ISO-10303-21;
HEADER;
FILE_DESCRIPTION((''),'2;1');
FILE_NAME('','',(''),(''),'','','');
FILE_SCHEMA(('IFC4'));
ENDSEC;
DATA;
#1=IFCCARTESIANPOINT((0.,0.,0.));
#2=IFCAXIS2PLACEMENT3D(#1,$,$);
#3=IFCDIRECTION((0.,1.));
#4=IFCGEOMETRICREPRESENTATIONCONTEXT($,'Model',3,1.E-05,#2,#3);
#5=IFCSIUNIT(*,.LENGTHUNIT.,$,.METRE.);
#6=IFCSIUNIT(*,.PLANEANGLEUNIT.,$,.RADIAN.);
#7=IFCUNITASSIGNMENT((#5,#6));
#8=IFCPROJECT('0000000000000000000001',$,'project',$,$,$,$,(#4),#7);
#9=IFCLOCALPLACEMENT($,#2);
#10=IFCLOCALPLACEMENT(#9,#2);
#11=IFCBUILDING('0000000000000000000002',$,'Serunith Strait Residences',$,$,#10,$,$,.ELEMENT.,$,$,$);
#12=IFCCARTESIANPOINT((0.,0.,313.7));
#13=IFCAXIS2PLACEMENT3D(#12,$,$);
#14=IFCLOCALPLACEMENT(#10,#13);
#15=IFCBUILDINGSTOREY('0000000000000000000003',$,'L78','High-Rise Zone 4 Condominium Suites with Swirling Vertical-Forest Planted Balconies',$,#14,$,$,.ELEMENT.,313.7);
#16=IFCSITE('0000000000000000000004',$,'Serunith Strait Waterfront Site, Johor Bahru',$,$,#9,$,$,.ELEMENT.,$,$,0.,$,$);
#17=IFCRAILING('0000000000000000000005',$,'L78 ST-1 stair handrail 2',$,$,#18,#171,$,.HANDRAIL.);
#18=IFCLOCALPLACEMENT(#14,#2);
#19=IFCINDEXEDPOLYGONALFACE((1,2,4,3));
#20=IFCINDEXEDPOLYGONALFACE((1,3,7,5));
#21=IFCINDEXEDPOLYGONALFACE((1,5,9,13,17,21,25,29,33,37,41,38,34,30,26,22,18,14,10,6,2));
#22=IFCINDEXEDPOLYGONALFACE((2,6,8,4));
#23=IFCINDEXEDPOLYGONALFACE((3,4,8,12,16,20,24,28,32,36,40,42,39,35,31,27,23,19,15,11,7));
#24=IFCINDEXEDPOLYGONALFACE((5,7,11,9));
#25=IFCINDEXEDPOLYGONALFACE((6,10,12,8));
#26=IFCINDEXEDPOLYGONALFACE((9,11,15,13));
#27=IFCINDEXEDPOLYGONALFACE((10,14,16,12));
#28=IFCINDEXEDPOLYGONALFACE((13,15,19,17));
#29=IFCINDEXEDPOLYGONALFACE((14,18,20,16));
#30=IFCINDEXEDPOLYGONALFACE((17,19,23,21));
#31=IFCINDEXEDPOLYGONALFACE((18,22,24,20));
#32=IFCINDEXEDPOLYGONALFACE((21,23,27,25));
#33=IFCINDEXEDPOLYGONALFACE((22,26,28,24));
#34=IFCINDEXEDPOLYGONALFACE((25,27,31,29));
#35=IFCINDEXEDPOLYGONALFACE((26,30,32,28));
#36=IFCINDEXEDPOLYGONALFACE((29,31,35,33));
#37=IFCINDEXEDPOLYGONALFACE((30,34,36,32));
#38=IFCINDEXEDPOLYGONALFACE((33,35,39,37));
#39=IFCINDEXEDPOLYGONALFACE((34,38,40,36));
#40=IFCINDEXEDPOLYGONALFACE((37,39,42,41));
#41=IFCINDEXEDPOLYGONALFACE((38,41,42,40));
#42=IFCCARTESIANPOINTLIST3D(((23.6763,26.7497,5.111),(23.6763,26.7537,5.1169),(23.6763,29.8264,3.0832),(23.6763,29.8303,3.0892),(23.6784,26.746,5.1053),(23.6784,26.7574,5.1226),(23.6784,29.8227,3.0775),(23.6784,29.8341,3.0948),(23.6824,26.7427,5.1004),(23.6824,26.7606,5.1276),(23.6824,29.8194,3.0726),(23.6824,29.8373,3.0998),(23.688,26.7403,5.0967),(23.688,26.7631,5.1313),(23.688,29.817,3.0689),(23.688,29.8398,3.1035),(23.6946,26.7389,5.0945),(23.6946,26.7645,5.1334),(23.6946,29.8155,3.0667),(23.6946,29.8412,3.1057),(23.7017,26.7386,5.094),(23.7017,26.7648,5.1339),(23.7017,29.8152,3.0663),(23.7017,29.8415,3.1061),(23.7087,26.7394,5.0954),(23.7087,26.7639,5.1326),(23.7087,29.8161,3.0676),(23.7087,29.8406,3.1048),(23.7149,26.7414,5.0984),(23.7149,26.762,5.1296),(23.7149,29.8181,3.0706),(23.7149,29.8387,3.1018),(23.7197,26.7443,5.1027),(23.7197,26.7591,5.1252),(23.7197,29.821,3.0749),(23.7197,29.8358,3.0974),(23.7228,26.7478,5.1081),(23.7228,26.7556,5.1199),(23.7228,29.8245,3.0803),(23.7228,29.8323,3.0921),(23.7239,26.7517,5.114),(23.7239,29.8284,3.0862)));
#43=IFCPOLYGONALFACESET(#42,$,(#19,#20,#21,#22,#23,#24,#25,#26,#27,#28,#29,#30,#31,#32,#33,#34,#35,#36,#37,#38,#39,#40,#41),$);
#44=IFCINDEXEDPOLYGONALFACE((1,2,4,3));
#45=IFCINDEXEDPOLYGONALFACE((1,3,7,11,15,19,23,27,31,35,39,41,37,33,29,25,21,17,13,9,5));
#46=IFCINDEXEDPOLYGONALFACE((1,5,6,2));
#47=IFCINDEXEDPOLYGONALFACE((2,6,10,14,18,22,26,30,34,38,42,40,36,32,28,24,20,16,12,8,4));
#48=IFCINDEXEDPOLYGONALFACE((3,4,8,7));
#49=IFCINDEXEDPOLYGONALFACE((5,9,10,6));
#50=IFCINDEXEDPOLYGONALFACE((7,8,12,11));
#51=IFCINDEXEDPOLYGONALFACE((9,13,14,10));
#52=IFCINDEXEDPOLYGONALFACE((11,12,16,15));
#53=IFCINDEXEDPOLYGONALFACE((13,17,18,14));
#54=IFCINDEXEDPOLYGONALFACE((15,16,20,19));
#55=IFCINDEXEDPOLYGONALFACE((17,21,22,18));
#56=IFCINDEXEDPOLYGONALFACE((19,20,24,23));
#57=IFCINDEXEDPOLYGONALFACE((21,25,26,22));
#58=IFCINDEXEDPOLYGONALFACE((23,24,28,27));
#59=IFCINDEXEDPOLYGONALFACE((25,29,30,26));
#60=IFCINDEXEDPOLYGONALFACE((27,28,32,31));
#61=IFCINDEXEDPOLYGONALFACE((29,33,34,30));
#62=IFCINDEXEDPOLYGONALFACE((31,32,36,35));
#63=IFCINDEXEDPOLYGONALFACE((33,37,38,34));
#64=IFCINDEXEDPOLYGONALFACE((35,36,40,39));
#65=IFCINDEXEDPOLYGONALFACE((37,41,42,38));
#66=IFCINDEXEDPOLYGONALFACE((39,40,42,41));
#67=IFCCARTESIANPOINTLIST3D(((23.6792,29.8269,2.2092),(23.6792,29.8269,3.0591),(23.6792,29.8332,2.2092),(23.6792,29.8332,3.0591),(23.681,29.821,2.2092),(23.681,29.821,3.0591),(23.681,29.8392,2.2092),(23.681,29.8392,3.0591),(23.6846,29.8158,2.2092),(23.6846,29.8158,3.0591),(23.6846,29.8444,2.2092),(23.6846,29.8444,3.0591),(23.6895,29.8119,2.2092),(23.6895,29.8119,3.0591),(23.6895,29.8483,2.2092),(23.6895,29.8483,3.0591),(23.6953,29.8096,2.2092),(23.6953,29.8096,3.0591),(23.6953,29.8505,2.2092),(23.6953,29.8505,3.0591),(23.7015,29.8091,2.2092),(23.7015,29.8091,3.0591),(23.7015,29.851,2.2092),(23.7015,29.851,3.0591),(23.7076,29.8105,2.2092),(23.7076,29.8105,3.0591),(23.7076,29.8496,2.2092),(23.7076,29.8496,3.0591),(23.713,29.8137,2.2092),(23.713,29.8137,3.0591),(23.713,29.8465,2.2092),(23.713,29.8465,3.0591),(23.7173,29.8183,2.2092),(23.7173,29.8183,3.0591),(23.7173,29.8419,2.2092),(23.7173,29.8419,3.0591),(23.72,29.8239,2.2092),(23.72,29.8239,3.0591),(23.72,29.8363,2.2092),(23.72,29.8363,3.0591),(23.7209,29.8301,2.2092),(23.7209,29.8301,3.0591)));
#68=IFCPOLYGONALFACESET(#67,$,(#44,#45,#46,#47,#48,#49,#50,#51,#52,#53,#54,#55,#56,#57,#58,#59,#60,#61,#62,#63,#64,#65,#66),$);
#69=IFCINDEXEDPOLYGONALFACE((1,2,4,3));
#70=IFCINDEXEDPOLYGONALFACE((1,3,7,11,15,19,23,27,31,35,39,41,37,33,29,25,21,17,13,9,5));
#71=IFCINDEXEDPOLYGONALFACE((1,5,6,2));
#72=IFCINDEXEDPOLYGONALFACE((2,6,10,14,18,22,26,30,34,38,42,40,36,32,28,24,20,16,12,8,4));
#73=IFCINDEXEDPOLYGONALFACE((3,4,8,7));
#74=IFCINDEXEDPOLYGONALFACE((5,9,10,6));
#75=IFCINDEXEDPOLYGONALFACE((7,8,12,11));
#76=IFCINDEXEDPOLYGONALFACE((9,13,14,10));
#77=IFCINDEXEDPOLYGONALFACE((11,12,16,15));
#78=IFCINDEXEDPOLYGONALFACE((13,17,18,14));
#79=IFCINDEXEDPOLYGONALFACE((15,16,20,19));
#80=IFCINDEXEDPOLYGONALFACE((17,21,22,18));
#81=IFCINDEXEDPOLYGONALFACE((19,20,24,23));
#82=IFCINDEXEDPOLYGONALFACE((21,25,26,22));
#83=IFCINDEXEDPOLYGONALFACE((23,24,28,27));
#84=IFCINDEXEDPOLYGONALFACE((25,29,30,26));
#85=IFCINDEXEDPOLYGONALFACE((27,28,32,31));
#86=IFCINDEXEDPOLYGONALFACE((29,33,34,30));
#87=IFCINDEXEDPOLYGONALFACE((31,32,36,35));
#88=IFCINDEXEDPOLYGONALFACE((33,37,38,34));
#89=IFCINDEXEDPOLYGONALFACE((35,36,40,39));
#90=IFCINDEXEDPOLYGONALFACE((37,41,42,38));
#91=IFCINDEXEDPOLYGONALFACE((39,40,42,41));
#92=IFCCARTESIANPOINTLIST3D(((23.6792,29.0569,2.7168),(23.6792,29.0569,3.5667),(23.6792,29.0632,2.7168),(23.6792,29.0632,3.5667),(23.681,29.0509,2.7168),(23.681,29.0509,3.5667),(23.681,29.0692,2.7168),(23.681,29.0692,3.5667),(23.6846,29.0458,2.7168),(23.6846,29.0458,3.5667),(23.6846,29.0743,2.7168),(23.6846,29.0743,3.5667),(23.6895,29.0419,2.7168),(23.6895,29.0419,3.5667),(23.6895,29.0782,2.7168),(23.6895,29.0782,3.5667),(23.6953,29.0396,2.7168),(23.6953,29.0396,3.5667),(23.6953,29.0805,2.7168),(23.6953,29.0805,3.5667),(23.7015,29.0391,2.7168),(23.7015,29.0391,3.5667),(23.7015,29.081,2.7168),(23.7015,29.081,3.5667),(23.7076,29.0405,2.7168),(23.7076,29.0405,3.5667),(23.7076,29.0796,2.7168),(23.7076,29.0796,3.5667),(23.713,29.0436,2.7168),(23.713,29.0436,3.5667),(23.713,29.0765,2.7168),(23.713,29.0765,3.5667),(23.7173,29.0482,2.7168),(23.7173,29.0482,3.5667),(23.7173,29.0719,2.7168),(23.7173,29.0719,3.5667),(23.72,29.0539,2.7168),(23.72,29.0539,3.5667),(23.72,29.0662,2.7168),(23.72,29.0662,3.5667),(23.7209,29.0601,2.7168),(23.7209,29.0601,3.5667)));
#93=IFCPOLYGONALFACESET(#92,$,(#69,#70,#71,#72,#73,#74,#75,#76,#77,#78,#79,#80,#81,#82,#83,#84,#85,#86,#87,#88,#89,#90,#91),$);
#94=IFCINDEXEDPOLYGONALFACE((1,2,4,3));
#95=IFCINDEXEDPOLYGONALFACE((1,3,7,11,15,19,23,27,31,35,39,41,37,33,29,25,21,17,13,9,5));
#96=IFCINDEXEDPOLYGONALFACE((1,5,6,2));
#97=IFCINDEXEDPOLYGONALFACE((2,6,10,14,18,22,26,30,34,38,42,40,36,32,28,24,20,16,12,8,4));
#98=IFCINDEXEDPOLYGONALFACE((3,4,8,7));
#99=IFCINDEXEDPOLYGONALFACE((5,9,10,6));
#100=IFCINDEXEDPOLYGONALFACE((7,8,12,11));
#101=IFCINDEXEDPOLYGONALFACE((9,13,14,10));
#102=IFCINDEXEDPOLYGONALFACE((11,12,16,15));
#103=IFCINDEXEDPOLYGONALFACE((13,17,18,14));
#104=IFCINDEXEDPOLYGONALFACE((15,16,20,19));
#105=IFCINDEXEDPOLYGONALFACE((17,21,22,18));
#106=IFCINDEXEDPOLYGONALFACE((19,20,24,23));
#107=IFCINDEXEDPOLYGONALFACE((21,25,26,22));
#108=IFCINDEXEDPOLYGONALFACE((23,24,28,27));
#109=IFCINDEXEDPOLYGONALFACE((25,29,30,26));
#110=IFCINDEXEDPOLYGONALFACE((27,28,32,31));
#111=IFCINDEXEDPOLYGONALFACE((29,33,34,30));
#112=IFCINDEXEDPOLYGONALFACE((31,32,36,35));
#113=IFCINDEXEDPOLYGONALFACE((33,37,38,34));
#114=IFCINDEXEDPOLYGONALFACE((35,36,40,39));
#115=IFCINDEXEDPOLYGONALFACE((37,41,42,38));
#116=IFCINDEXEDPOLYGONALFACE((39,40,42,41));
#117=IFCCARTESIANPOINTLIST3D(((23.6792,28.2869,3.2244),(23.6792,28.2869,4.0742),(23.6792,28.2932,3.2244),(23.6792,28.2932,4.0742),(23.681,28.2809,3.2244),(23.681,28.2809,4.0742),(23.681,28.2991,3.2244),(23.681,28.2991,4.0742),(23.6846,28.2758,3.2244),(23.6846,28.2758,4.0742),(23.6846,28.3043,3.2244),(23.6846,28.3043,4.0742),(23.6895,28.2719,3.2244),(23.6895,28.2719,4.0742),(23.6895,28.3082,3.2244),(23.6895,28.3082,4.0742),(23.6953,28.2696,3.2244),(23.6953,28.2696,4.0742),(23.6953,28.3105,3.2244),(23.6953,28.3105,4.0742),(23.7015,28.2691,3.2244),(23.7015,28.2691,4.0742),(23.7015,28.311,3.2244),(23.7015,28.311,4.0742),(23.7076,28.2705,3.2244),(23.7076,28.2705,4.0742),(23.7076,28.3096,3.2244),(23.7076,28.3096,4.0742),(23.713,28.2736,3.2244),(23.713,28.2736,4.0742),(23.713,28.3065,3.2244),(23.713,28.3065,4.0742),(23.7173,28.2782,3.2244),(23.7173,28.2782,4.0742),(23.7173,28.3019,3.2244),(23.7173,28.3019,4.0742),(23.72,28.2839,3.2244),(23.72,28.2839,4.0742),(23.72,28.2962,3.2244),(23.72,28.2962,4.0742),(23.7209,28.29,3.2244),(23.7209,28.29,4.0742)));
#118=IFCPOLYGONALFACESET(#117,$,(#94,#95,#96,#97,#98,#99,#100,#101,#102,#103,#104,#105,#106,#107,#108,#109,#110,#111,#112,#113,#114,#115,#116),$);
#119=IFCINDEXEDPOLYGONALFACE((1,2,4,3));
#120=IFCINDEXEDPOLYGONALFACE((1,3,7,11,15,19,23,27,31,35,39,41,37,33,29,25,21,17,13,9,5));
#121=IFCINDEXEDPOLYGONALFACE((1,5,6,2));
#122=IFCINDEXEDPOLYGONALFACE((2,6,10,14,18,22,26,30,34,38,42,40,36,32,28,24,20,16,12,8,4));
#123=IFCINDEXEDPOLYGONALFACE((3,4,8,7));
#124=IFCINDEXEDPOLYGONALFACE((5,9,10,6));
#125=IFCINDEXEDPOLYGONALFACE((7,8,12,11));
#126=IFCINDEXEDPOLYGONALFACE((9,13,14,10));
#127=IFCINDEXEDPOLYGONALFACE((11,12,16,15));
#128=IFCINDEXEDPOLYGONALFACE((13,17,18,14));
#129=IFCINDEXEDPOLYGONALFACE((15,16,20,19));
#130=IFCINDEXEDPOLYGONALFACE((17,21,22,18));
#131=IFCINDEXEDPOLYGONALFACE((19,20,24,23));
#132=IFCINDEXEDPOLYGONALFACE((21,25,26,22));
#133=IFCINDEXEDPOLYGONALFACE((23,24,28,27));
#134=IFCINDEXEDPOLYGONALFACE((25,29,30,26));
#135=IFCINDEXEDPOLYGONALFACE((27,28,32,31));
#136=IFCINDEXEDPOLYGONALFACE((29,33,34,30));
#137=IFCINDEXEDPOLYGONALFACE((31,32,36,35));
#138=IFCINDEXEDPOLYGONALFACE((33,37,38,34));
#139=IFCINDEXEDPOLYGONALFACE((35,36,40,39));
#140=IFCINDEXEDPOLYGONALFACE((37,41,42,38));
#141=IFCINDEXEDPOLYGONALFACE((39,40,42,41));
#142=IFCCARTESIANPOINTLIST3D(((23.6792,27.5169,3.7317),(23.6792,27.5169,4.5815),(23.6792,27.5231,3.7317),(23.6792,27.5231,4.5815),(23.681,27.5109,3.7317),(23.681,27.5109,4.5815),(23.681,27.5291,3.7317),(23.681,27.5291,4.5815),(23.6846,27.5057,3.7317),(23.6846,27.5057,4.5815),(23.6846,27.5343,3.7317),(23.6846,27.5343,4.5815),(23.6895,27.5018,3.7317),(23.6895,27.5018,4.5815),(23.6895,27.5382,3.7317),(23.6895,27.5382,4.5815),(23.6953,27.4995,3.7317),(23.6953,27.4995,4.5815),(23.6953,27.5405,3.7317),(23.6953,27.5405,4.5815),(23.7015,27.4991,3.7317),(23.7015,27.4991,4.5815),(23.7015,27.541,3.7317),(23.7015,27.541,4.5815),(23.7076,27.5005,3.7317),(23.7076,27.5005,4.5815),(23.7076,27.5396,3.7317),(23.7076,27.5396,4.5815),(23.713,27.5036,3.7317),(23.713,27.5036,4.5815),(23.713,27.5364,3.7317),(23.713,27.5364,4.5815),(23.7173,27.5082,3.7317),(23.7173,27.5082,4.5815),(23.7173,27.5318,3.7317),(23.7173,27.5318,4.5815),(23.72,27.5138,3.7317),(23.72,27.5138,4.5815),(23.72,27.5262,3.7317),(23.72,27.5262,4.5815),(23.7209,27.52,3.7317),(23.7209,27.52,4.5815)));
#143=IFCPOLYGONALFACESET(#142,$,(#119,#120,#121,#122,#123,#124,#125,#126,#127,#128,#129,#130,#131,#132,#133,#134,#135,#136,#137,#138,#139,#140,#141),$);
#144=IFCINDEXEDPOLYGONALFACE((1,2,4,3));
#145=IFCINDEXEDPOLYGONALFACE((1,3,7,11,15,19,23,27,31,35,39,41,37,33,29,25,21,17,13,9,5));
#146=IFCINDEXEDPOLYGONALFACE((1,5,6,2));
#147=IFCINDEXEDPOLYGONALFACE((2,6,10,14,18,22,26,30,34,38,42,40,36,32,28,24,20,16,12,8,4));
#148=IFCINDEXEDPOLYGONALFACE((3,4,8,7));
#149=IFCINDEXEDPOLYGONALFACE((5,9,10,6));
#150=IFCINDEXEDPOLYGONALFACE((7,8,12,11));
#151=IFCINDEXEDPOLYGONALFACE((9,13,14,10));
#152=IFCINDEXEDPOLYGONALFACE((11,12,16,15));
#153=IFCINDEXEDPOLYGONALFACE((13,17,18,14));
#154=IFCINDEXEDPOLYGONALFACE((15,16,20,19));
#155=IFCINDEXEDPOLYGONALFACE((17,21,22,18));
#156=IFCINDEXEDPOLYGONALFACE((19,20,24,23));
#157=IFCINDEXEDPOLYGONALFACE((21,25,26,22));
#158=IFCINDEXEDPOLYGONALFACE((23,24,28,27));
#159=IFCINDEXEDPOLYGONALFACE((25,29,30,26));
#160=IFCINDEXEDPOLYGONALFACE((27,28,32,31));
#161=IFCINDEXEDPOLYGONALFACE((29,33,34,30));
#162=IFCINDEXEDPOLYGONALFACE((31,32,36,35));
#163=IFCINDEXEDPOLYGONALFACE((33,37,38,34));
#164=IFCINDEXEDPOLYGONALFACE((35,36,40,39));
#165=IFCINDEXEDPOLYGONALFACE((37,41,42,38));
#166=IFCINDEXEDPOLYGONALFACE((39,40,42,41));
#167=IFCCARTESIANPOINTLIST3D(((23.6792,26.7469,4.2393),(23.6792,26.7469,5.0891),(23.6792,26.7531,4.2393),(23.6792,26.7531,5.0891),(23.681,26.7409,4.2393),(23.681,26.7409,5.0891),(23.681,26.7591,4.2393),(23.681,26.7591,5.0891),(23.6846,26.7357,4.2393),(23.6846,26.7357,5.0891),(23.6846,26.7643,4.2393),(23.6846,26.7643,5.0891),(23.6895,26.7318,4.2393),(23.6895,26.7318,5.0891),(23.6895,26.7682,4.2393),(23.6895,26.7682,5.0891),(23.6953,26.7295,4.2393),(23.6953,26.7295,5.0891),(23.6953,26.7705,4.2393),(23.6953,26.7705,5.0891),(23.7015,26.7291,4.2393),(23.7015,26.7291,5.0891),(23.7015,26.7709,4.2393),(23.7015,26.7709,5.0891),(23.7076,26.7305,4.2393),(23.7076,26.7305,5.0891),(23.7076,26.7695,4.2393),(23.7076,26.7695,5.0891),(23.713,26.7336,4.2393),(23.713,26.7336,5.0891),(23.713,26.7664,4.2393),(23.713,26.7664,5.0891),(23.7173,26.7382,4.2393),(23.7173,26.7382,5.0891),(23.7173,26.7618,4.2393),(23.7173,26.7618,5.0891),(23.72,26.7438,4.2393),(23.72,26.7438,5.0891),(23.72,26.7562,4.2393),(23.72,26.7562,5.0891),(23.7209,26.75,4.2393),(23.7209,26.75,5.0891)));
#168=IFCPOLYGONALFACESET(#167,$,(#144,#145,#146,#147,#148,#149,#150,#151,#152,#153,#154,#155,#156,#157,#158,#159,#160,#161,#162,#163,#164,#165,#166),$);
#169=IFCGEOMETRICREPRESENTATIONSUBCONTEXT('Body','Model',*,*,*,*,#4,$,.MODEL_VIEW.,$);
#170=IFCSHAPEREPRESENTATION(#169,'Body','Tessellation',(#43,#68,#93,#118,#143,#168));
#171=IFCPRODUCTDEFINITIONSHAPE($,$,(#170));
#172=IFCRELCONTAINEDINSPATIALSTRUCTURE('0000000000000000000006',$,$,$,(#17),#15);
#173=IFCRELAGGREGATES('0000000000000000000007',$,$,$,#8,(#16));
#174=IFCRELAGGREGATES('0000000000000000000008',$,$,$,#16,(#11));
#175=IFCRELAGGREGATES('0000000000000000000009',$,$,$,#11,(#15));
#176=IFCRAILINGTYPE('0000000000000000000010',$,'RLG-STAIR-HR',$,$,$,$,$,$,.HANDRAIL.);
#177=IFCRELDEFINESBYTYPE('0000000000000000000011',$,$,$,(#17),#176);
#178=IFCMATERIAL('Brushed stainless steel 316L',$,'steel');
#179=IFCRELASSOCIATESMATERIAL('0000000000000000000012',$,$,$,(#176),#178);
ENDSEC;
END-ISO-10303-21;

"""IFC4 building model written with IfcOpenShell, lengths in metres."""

from ifc_helpers import new_model, si_unit, direction, frame, origin, origin_2d, place, context, subcontext, project, spatial, circle, extrude, material, type_object, element, save


model = new_model("IFC4")

# Units and contexts
model_context = context("Model", 3, precision=1e-05, world=origin(), true_north=direction((0.0, 1.0)))
body_context = subcontext(model_context, "Body", "Model", "MODEL_VIEW")
ifc_project = project(units=[si_unit("LENGTHUNIT", "METRE"), si_unit("PLANEANGLEUNIT", "RADIAN")], contexts=[model_context])

# Site, building, storey
site_placement = place(None, origin())
site = spatial("IfcSite", under=ifc_project, at=site_placement, Name="Serunith Strait Waterfront Site, Johor Bahru", CompositionType="ELEMENT", RefElevation=0.0)
building_placement = place(site_placement, origin())
building = spatial("IfcBuilding", under=site, at=building_placement, Name="Serunith Strait Residences", CompositionType="ELEMENT")
storey_placement = place(building_placement, frame((0.0, 0.0, 313.7)))
storey = spatial("IfcBuildingStorey", under=building, at=storey_placement, Name="L78", Description="High-Rise Zone 4 Condominium Suites with Swirling Vertical-Forest Planted Balconies", CompositionType="ELEMENT", Elevation=313.7)

# Railing
ifc_material_1 = material(Name="Brushed stainless steel 316L", Category="steel")
railing_type_1 = type_object("IfcRailingType", Name="RLG-STAIR-HR", PredefinedType="HANDRAIL", material=ifc_material_1)
railing_1_placement = place(storey_placement, frame((23.7, 29.8301, 2.2092)))
element("IfcRailing", 1, at=railing_1_placement, inside=storey, type_object=railing_type_1, Name="L78 ST-1 stair handrail 2", PredefinedType="HANDRAIL", context=body_context, shape_type="SweptSolid", body=[
    extrude(circle(Radius=0.0239, at=origin_2d()), frame((0.0, -0.0017, 0.877), z_axis=(0.0, -0.834961, 0.550309), x_axis=(1.0, 0.0, 0.0)), (0.0, 0.0, 1.0), 3.6848),
    extrude(circle(Radius=0.021, at=origin_2d()), origin(), (0.0, 0.0, 1.0), 0.8499),
    extrude(circle(Radius=0.021, at=origin_2d()), frame((0.0, -0.77, 0.5076)), (0.0, 0.0, 1.0), 0.8499),
    extrude(circle(Radius=0.021, at=origin_2d()), frame((0.0, -1.54, 1.0151)), (0.0, 0.0, 1.0), 0.8499),
    extrude(circle(Radius=0.021, at=origin_2d()), frame((0.0, -2.3101, 1.5225)), (0.0, 0.0, 1.0), 0.8499),
    extrude(circle(Radius=0.021, at=origin_2d()), frame((0.0, -3.0801, 2.03)), (0.0, 0.0, 1.0), 0.8499),
])

save(model, "model.ifc")
